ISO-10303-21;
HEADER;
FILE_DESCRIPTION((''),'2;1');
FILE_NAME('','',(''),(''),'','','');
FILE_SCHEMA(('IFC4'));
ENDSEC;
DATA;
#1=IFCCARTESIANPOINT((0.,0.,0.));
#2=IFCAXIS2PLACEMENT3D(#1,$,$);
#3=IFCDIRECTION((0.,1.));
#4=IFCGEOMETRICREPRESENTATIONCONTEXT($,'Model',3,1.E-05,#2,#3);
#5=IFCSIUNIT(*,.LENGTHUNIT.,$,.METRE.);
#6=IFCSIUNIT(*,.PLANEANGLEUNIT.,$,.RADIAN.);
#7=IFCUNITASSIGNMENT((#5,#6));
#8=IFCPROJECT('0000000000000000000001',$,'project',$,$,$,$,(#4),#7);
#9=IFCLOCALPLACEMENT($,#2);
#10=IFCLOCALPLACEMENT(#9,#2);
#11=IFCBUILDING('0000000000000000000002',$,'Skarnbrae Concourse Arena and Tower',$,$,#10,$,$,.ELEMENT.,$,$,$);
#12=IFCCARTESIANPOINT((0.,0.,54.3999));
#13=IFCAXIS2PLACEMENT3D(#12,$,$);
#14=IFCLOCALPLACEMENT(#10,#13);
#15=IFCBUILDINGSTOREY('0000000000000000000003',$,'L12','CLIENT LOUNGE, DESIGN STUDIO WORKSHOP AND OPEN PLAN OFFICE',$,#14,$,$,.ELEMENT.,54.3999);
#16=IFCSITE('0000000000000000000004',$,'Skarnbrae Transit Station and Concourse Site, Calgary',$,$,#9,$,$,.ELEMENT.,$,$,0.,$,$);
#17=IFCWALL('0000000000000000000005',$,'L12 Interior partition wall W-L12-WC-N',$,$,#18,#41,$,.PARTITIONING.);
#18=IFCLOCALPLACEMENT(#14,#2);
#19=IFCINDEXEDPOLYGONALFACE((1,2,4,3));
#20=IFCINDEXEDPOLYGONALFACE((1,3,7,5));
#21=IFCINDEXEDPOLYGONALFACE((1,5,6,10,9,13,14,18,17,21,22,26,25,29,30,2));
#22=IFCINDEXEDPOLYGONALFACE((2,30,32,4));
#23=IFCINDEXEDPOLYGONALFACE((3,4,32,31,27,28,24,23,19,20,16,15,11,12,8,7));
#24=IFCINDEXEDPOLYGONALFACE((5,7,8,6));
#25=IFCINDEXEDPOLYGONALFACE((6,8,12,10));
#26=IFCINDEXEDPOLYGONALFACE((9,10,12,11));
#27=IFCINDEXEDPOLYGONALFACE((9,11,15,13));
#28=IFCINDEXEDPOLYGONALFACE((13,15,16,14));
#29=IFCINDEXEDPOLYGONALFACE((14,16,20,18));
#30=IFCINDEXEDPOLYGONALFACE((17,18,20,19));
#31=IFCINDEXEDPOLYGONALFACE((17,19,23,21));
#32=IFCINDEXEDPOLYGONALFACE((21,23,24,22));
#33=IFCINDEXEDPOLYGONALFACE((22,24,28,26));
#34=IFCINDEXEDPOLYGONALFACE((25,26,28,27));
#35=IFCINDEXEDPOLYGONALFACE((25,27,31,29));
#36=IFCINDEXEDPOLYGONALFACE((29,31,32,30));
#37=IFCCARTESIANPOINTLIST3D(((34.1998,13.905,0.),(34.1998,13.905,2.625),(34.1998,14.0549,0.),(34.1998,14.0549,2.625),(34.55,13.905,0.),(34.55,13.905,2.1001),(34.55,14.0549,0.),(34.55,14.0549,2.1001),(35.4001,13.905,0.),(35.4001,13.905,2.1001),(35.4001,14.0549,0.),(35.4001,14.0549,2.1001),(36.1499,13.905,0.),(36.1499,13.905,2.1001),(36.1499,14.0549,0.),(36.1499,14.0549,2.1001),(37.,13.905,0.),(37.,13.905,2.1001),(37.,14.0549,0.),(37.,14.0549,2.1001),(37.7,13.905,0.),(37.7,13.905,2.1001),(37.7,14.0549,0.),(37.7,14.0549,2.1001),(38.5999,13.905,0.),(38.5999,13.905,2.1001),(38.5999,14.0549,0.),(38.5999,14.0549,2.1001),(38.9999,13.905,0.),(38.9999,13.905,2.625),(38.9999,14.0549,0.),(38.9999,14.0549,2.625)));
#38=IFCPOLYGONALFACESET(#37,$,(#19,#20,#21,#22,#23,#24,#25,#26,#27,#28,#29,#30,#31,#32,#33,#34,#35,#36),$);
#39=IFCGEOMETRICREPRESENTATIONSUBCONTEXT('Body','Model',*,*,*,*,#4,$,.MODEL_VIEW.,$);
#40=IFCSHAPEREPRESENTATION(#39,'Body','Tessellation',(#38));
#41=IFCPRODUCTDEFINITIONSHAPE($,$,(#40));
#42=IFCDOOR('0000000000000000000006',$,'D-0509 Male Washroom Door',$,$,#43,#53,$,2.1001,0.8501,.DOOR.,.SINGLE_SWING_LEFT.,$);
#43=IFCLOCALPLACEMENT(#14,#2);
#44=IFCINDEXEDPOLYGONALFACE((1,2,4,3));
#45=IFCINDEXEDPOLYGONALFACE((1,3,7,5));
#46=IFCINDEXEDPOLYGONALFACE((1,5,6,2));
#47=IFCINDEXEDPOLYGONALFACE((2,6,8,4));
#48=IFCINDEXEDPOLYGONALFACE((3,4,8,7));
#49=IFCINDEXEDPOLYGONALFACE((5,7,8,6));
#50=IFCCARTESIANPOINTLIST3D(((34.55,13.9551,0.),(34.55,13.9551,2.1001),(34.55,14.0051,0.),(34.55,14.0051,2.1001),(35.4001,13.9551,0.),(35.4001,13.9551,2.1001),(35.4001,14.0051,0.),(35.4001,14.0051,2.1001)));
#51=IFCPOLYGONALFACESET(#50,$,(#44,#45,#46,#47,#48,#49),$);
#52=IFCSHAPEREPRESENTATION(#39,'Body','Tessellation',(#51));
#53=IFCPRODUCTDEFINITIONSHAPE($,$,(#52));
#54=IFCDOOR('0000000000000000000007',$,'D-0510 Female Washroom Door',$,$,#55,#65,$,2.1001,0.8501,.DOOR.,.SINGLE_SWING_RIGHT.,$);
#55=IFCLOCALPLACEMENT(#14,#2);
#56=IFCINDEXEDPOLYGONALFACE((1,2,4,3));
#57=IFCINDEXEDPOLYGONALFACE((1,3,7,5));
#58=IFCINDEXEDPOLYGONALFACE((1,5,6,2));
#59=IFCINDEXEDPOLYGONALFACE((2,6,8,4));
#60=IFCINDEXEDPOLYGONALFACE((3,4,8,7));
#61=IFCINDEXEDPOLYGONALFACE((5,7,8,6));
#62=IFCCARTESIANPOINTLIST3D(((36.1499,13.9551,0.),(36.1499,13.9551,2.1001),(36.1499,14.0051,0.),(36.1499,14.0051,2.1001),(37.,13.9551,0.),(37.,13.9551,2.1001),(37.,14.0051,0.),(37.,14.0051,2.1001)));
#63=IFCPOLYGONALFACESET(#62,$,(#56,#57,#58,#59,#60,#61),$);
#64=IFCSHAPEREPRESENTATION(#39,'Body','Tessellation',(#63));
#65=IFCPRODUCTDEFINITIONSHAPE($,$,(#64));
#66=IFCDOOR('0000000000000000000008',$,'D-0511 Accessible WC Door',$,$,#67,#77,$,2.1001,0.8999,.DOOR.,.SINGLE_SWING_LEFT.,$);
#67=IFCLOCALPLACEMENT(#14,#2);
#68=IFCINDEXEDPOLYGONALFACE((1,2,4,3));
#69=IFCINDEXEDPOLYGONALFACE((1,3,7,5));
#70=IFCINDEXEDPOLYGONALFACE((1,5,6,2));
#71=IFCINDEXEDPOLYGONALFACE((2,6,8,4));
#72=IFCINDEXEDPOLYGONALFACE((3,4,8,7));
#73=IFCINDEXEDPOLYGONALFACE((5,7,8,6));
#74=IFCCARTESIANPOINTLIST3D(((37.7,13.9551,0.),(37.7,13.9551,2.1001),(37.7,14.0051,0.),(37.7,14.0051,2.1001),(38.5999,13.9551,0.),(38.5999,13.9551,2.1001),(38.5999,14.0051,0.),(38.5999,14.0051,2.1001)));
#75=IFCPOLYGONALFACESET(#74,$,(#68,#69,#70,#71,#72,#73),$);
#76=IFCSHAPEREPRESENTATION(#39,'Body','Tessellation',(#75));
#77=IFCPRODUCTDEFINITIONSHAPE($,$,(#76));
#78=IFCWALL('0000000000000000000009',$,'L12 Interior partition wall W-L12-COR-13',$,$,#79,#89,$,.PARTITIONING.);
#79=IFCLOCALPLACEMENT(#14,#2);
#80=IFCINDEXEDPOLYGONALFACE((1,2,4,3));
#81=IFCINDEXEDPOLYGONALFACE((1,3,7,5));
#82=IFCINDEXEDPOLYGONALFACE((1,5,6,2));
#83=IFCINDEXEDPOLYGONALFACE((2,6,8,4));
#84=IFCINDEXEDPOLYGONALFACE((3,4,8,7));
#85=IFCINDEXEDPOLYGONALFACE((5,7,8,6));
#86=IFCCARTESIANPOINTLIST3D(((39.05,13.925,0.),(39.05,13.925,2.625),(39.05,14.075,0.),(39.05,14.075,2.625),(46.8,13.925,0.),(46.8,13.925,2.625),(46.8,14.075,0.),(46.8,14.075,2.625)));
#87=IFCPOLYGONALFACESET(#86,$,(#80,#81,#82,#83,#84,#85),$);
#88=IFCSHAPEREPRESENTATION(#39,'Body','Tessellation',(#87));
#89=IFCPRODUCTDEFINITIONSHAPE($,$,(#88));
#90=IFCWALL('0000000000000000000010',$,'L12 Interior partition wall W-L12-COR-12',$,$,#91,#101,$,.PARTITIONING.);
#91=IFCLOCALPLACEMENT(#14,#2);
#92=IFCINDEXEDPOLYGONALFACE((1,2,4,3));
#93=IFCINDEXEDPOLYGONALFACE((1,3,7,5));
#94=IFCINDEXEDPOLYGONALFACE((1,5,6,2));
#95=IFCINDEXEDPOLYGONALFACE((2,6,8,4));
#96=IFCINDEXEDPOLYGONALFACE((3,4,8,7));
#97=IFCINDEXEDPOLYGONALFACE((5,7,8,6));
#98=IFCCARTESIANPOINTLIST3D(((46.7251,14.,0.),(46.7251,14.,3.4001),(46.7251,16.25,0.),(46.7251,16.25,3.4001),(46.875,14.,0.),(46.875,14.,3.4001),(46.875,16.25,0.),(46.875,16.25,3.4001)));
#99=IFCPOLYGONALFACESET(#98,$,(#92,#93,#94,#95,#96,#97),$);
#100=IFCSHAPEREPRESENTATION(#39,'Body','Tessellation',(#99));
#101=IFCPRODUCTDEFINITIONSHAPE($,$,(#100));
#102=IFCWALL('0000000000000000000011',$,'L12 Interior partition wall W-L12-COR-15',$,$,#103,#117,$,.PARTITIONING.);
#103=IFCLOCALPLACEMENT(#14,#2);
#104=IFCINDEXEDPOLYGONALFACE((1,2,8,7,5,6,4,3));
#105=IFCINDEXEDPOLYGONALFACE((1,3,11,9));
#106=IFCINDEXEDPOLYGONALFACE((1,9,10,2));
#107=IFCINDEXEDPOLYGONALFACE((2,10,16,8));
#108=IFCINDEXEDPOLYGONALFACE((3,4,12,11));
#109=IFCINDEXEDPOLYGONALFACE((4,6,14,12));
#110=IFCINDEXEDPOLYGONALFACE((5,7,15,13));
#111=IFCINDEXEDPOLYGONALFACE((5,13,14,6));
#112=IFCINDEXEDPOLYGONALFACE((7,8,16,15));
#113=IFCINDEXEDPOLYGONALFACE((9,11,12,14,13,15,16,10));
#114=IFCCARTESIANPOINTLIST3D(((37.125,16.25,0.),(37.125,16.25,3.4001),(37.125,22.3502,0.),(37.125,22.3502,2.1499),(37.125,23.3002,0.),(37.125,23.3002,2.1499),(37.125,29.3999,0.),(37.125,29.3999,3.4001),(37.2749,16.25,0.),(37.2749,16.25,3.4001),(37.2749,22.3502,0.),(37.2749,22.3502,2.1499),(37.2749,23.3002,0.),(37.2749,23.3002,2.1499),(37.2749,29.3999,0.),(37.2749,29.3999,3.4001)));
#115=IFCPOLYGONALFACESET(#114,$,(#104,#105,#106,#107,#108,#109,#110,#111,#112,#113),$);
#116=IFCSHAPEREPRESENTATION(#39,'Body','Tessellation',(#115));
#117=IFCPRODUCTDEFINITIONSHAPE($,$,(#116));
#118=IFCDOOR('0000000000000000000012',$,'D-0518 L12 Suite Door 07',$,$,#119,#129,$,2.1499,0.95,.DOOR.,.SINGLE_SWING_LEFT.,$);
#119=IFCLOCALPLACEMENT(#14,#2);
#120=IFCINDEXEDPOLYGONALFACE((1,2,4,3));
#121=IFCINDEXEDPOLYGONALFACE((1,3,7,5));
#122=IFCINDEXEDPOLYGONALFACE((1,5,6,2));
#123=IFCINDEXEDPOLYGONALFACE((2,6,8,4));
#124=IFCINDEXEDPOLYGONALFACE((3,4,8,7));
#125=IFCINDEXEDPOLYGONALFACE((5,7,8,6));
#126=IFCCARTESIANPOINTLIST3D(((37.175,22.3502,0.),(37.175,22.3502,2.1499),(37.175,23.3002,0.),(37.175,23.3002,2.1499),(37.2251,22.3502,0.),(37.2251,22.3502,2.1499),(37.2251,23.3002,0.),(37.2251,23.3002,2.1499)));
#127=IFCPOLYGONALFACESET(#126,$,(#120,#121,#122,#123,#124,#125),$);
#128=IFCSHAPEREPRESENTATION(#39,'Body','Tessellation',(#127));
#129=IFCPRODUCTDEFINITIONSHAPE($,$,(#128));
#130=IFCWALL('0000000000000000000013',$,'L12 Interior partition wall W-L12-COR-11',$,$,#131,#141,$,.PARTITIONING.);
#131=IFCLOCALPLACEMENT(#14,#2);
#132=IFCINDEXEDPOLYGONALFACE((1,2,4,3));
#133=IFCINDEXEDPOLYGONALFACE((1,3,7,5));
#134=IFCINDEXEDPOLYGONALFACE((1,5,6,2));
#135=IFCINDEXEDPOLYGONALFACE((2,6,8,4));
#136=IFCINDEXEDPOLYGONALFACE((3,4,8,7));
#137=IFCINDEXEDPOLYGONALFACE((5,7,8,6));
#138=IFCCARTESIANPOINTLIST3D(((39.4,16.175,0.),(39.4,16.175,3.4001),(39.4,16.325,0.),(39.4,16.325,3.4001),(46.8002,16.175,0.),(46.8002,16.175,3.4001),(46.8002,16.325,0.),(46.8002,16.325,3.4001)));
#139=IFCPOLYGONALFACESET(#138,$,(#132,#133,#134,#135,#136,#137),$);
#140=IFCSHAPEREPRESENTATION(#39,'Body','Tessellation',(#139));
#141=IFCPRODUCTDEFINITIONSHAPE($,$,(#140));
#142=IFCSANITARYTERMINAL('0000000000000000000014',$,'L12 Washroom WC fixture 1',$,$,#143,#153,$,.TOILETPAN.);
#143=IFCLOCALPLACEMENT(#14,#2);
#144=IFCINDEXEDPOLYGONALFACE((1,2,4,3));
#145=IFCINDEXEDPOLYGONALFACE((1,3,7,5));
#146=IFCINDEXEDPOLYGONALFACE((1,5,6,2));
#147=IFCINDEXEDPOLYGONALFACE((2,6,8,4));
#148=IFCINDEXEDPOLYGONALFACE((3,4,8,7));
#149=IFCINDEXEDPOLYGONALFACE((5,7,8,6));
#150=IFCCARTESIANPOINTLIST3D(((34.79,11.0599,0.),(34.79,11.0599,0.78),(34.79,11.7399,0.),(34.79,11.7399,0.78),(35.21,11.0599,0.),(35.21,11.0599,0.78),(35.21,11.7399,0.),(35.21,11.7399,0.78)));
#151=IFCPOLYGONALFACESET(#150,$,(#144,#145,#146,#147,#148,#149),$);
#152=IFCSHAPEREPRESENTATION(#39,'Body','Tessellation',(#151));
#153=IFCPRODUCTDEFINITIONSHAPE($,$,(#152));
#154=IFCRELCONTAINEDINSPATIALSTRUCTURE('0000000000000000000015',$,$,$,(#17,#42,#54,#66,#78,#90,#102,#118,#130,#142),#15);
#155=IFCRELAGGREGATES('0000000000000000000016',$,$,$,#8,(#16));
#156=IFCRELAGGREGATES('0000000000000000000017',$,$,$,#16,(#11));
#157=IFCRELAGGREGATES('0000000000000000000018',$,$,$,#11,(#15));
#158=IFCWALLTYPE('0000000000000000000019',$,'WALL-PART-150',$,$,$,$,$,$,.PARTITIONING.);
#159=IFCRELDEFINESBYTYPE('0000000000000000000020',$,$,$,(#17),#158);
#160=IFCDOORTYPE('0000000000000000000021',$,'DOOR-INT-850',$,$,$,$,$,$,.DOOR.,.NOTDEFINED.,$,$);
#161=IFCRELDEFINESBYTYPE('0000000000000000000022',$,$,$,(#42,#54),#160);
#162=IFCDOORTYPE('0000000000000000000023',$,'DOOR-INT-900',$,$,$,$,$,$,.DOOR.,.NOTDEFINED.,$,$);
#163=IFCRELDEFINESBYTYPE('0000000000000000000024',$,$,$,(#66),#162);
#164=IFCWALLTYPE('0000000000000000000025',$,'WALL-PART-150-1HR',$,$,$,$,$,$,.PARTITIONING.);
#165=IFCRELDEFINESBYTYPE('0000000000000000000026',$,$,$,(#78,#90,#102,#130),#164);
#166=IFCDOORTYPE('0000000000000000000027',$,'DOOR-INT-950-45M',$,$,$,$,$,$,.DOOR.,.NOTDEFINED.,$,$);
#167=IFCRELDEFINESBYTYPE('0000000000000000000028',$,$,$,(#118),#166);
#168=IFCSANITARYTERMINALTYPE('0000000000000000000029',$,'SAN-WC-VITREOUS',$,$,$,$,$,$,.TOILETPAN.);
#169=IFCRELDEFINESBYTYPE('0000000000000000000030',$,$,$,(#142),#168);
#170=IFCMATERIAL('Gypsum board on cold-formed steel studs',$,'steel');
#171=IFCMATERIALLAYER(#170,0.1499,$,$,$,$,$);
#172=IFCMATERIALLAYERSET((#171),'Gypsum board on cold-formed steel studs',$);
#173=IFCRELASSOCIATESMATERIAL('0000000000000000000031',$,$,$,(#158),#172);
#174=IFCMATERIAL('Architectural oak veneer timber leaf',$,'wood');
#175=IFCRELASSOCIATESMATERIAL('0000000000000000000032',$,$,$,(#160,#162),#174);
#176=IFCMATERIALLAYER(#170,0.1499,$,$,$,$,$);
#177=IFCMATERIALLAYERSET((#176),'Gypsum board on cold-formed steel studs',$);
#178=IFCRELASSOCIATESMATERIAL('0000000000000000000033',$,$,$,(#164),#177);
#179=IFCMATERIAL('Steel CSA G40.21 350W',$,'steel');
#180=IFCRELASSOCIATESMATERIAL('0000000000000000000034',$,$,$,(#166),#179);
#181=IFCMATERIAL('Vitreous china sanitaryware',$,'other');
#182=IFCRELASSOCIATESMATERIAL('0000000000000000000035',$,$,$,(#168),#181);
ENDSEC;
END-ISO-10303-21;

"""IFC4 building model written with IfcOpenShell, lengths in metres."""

from ifc_helpers import new_model, si_unit, direction, frame, frame_2d, origin, origin_2d, place, context, subcontext, project, spatial, rectangle, extrude, source, transform, mapped, material, layer, layer_set, type_object, element, fill, save


model = new_model("IFC4")

# Units and contexts
model_context = context("Model", 3, precision=1e-05, world=origin(), true_north=direction((0.0, 1.0)))
body_context = subcontext(model_context, "Body", "Model", "MODEL_VIEW")
ifc_project = project(units=[si_unit("LENGTHUNIT", "METRE"), si_unit("PLANEANGLEUNIT", "RADIAN")], contexts=[model_context])

# Site, building, storey
site_placement = place(None, origin())
site = spatial("IfcSite", under=ifc_project, at=site_placement, Name="Skarnbrae Transit Station and Concourse Site, Calgary", CompositionType="ELEMENT", RefElevation=0.0)
building_placement = place(site_placement, origin())
building = spatial("IfcBuilding", under=site, at=building_placement, Name="Skarnbrae Concourse Arena and Tower", CompositionType="ELEMENT")
storey_placement = place(building_placement, frame((0.0, 0.0, 54.3999)))
storey = spatial("IfcBuildingStorey", under=building, at=storey_placement, Name="L12", Description="CLIENT LOUNGE, DESIGN STUDIO WORKSHOP AND OPEN PLAN OFFICE", CompositionType="ELEMENT", Elevation=54.3999)

# Shared definitions
ifc_material_1 = material(Name="Steel CSA G40.21 350W", Category="steel")

# Wall, openings, doors
ifc_material_2 = material(Name="Gypsum board on cold-formed steel studs", Category="steel")
ifc_layer_1 = layer(ifc_material_2, 0.1499)
ifc_layer_set_1 = layer_set([ifc_layer_1], Name="Gypsum board on cold-formed steel studs")
wall_type_1 = type_object("IfcWallType", Name="WALL-PART-150", PredefinedType="PARTITIONING", material=ifc_layer_set_1)
shared_shape_1 = source(origin(), body_context, "Body", "SweptSolid", [
    extrude(rectangle(XDim=4.8, YDim=0.1499, at=frame_2d((2.3999, 0.0))), origin(), (0.0, 0.0, 1.0), 2.625),
])
wall_1_placement = place(storey_placement, frame((34.2, 13.98, 0.0), z_axis=(0.0, 0.0, 1.0), x_axis=(1.0, 0.0, 0.0)))
wall_1 = element("IfcWall", 1, at=wall_1_placement, inside=storey, type_object=wall_type_1, Name="L12 Interior partition wall W-L12-WC-N", PredefinedType="PARTITIONING", context=body_context, shape_type="MappedRepresentation", body=[
    mapped(shared_shape_1, transform((0.0, 0.0, 0.0))),
])
opening_1_placement = place(wall_1_placement, frame((0.3501, 0.0, 0.0)))
opening_1 = element("IfcOpeningElement", 2, at=opening_1_placement, cuts=wall_1, PredefinedType="OPENING", context=body_context, shape_type="SweptSolid", body=[
    extrude(rectangle(XDim=0.8501, YDim=2.1001, at=frame_2d((0.425, 1.05))), frame((0.0, 0.085, 0.0), z_axis=(0.0, -1.0, 0.0), x_axis=(1.0, 0.0, 0.0)), (0.0, 0.0, 1.0), 0.1699),
])
opening_2_placement = place(wall_1_placement, frame((1.95, 0.0, 0.0)))
opening_2 = element("IfcOpeningElement", 3, at=opening_2_placement, cuts=wall_1, PredefinedType="OPENING", context=body_context, shape_type="SweptSolid", body=[
    extrude(rectangle(XDim=0.8501, YDim=2.1001, at=frame_2d((0.425, 1.05))), frame((0.0, 0.085, 0.0), z_axis=(0.0, -1.0, 0.0), x_axis=(1.0, 0.0, 0.0)), (0.0, 0.0, 1.0), 0.1699),
])
opening_3_placement = place(wall_1_placement, frame((3.5, 0.0, 0.0)))
opening_3 = element("IfcOpeningElement", 4, at=opening_3_placement, cuts=wall_1, PredefinedType="OPENING", context=body_context, shape_type="SweptSolid", body=[
    extrude(rectangle(XDim=0.8999, YDim=2.1001, at=frame_2d((0.45, 1.05))), frame((0.0, 0.085, 0.0), z_axis=(0.0, -1.0, 0.0), x_axis=(1.0, 0.0, 0.0)), (0.0, 0.0, 1.0), 0.1699),
])
ifc_material_3 = material(Name="Architectural oak veneer timber leaf", Category="wood")
door_type_1 = type_object("IfcDoorType", Name="DOOR-INT-850", OperationType="NOTDEFINED", PredefinedType="DOOR", material=ifc_material_3)
shared_shape_2 = source(origin(), body_context, "Body", "SweptSolid", [
    extrude(rectangle(XDim=0.8501, YDim=2.1001, at=frame_2d((0.425, 1.05))), frame((0.0, 0.0249, 0.0), z_axis=(0.0, -1.0, 0.0), x_axis=(1.0, 0.0, 0.0)), (0.0, 0.0, 1.0), 0.05),
])
door_1_placement = place(opening_1_placement, frame((0.8501, 0.0, 0.0), z_axis=(0.0, 0.0, 1.0), x_axis=(-1.0, 0.0, 0.0)))
door_1 = element("IfcDoor", 5, at=door_1_placement, inside=storey, type_object=door_type_1, Name="D-0509 Male Washroom Door", OperationType="SINGLE_SWING_LEFT", OverallHeight=2.1001, OverallWidth=0.8501, PredefinedType="DOOR", context=body_context, shape_type="MappedRepresentation", body=[
    mapped(shared_shape_2, transform((0.0, 0.0, 0.0))),
])
fill(opening_1, door_1)
door_2_placement = place(opening_2_placement, frame((0.8501, 0.0, 0.0), z_axis=(0.0, 0.0, 1.0), x_axis=(-1.0, 0.0, 0.0)))
door_2 = element("IfcDoor", 6, at=door_2_placement, inside=storey, type_object=door_type_1, Name="D-0510 Female Washroom Door", OperationType="SINGLE_SWING_RIGHT", OverallHeight=2.1001, OverallWidth=0.8501, PredefinedType="DOOR", context=body_context, shape_type="MappedRepresentation", body=[
    mapped(shared_shape_2, transform((0.0, 0.0, 0.0))),
])
fill(opening_2, door_2)
door_type_2 = type_object("IfcDoorType", Name="DOOR-INT-900", OperationType="NOTDEFINED", PredefinedType="DOOR", material=ifc_material_3)
shared_shape_3 = source(origin(), body_context, "Body", "SweptSolid", [
    extrude(rectangle(XDim=0.8999, YDim=2.1001, at=frame_2d((0.45, 1.05))), frame((0.0, 0.0249, 0.0), z_axis=(0.0, -1.0, 0.0), x_axis=(1.0, 0.0, 0.0)), (0.0, 0.0, 1.0), 0.05),
])
door_3_placement = place(opening_3_placement, frame((0.8999, 0.0, 0.0), z_axis=(0.0, 0.0, 1.0), x_axis=(-1.0, 0.0, 0.0)))
door_3 = element("IfcDoor", 7, at=door_3_placement, inside=storey, type_object=door_type_2, Name="D-0511 Accessible WC Door", OperationType="SINGLE_SWING_LEFT", OverallHeight=2.1001, OverallWidth=0.8999, PredefinedType="DOOR", context=body_context, shape_type="MappedRepresentation", body=[
    mapped(shared_shape_3, transform((0.0, 0.0, 0.0))),
])
fill(opening_3, door_3)

# Walls
ifc_layer_2 = layer(ifc_material_2, 0.1499)
ifc_layer_set_2 = layer_set([ifc_layer_2], Name="Gypsum board on cold-formed steel studs")
wall_type_2 = type_object("IfcWallType", Name="WALL-PART-150-1HR", PredefinedType="PARTITIONING", material=ifc_layer_set_2)
shared_shape_4 = source(origin(), body_context, "Body", "SweptSolid", [
    extrude(rectangle(XDim=7.75, YDim=0.1499, at=frame_2d((3.875, 0.0))), origin(), (0.0, 0.0, 1.0), 2.625),
])
wall_2_placement = place(storey_placement, frame((46.8, 14.0, 0.0), z_axis=(0.0, 0.0, 1.0), x_axis=(-1.0, 0.0, 0.0)))
element("IfcWall", 8, at=wall_2_placement, inside=storey, type_object=wall_type_2, Name="L12 Interior partition wall W-L12-COR-13", PredefinedType="PARTITIONING", context=body_context, shape_type="MappedRepresentation", body=[
    mapped(shared_shape_4, transform((0.0, 0.0, 0.0))),
])
shared_shape_5 = source(origin(), body_context, "Body", "SweptSolid", [
    extrude(rectangle(XDim=2.25, YDim=0.1499, at=frame_2d((1.125, 0.0))), origin(), (0.0, 0.0, 1.0), 3.4001),
])
wall_3_placement = place(storey_placement, frame((46.8, 16.25, 0.0), z_axis=(0.0, 0.0, 1.0), x_axis=(0.0, -1.0, 0.0)))
element("IfcWall", 9, at=wall_3_placement, inside=storey, type_object=wall_type_2, Name="L12 Interior partition wall W-L12-COR-12", PredefinedType="PARTITIONING", context=body_context, shape_type="MappedRepresentation", body=[
    mapped(shared_shape_5, transform((0.0, 0.0, 0.0))),
])

# Wall, opening, door
shared_shape_6 = source(origin(), body_context, "Body", "SweptSolid", [
    extrude(rectangle(XDim=13.1499, YDim=0.1499, at=frame_2d((6.575, 0.0))), origin(), (0.0, 0.0, 1.0), 3.4001),
])
wall_4_placement = place(storey_placement, frame((37.2, 16.25, 0.0), z_axis=(0.0, 0.0, 1.0), x_axis=(0.0, 1.0, 0.0)))
wall_4 = element("IfcWall", 10, at=wall_4_placement, inside=storey, type_object=wall_type_2, Name="L12 Interior partition wall W-L12-COR-15", PredefinedType="PARTITIONING", context=body_context, shape_type="MappedRepresentation", body=[
    mapped(shared_shape_6, transform((0.0, 0.0, 0.0))),
])
opening_4_placement = place(wall_4_placement, frame((6.1001, 0.0, 0.0)))
opening_4 = element("IfcOpeningElement", 11, at=opening_4_placement, cuts=wall_4, PredefinedType="OPENING", context=body_context, shape_type="SweptSolid", body=[
    extrude(rectangle(XDim=0.95, YDim=2.1499, at=frame_2d((0.4751, 1.075))), frame((0.0, 0.085, 0.0), z_axis=(0.0, -1.0, 0.0), x_axis=(1.0, 0.0, 0.0)), (0.0, 0.0, 1.0), 0.1699),
])
door_type_3 = type_object("IfcDoorType", Name="DOOR-INT-950-45M", OperationType="NOTDEFINED", PredefinedType="DOOR", material=ifc_material_1)
shared_shape_7 = source(origin(), body_context, "Body", "SweptSolid", [
    extrude(rectangle(XDim=0.95, YDim=2.1499, at=frame_2d((0.4751, 1.075))), frame((0.0, 0.0249, 0.0), z_axis=(0.0, -1.0, 0.0), x_axis=(1.0, 0.0, 0.0)), (0.0, 0.0, 1.0), 0.05),
])
door_4_placement = place(opening_4_placement, origin())
door_4 = element("IfcDoor", 12, at=door_4_placement, inside=storey, type_object=door_type_3, Name="D-0518 L12 Suite Door 07", OperationType="SINGLE_SWING_LEFT", OverallHeight=2.1499, OverallWidth=0.95, PredefinedType="DOOR", context=body_context, shape_type="MappedRepresentation", body=[
    mapped(shared_shape_7, transform((0.0, 0.0, 0.0))),
])
fill(opening_4, door_4)

# Wall
shared_shape_8 = source(origin(), body_context, "Body", "SweptSolid", [
    extrude(rectangle(XDim=7.4001, YDim=0.1499, at=frame_2d((3.7002, 0.0))), origin(), (0.0, 0.0, 1.0), 3.4001),
])
wall_5_placement = place(storey_placement, frame((39.3999, 16.25, 0.0), z_axis=(0.0, 0.0, 1.0), x_axis=(1.0, 0.0, 0.0)))
element("IfcWall", 13, at=wall_5_placement, inside=storey, type_object=wall_type_2, Name="L12 Interior partition wall W-L12-COR-11", PredefinedType="PARTITIONING", context=body_context, shape_type="MappedRepresentation", body=[
    mapped(shared_shape_8, transform((0.0, 0.0, 0.0))),
])

# Sanitary terminal
ifc_material_4 = material(Name="Vitreous china sanitaryware", Category="other")
sanitary_terminal_type = type_object("IfcSanitaryTerminalType", Name="SAN-WC-VITREOUS", PredefinedType="TOILETPAN", material=ifc_material_4)
shared_shape_9 = source(origin(), body_context, "Body", "SweptSolid", [
    extrude(rectangle(XDim=0.4199, YDim=0.6799, at=origin_2d()), origin(), (0.0, 0.0, 1.0), 0.78),
])
for number, where, z_axis, x_axis, name in (
    (14, (35.0, 11.3999, 0.0), (0.0, 0.0, 1.0), (1.0, 0.0, 0.0), "L12 Washroom WC fixture 1"),
):
    element("IfcSanitaryTerminal", number, at=place(storey_placement, frame(where, z_axis=z_axis, x_axis=x_axis)), inside=storey, type_object=sanitary_terminal_type, Name=name, PredefinedType="TOILETPAN", context=body_context, shape_type="MappedRepresentation", body=[
        mapped(shared_shape_9, transform((0.0, 0.0, 0.0))),
    ])

save(model, "model.ifc")
